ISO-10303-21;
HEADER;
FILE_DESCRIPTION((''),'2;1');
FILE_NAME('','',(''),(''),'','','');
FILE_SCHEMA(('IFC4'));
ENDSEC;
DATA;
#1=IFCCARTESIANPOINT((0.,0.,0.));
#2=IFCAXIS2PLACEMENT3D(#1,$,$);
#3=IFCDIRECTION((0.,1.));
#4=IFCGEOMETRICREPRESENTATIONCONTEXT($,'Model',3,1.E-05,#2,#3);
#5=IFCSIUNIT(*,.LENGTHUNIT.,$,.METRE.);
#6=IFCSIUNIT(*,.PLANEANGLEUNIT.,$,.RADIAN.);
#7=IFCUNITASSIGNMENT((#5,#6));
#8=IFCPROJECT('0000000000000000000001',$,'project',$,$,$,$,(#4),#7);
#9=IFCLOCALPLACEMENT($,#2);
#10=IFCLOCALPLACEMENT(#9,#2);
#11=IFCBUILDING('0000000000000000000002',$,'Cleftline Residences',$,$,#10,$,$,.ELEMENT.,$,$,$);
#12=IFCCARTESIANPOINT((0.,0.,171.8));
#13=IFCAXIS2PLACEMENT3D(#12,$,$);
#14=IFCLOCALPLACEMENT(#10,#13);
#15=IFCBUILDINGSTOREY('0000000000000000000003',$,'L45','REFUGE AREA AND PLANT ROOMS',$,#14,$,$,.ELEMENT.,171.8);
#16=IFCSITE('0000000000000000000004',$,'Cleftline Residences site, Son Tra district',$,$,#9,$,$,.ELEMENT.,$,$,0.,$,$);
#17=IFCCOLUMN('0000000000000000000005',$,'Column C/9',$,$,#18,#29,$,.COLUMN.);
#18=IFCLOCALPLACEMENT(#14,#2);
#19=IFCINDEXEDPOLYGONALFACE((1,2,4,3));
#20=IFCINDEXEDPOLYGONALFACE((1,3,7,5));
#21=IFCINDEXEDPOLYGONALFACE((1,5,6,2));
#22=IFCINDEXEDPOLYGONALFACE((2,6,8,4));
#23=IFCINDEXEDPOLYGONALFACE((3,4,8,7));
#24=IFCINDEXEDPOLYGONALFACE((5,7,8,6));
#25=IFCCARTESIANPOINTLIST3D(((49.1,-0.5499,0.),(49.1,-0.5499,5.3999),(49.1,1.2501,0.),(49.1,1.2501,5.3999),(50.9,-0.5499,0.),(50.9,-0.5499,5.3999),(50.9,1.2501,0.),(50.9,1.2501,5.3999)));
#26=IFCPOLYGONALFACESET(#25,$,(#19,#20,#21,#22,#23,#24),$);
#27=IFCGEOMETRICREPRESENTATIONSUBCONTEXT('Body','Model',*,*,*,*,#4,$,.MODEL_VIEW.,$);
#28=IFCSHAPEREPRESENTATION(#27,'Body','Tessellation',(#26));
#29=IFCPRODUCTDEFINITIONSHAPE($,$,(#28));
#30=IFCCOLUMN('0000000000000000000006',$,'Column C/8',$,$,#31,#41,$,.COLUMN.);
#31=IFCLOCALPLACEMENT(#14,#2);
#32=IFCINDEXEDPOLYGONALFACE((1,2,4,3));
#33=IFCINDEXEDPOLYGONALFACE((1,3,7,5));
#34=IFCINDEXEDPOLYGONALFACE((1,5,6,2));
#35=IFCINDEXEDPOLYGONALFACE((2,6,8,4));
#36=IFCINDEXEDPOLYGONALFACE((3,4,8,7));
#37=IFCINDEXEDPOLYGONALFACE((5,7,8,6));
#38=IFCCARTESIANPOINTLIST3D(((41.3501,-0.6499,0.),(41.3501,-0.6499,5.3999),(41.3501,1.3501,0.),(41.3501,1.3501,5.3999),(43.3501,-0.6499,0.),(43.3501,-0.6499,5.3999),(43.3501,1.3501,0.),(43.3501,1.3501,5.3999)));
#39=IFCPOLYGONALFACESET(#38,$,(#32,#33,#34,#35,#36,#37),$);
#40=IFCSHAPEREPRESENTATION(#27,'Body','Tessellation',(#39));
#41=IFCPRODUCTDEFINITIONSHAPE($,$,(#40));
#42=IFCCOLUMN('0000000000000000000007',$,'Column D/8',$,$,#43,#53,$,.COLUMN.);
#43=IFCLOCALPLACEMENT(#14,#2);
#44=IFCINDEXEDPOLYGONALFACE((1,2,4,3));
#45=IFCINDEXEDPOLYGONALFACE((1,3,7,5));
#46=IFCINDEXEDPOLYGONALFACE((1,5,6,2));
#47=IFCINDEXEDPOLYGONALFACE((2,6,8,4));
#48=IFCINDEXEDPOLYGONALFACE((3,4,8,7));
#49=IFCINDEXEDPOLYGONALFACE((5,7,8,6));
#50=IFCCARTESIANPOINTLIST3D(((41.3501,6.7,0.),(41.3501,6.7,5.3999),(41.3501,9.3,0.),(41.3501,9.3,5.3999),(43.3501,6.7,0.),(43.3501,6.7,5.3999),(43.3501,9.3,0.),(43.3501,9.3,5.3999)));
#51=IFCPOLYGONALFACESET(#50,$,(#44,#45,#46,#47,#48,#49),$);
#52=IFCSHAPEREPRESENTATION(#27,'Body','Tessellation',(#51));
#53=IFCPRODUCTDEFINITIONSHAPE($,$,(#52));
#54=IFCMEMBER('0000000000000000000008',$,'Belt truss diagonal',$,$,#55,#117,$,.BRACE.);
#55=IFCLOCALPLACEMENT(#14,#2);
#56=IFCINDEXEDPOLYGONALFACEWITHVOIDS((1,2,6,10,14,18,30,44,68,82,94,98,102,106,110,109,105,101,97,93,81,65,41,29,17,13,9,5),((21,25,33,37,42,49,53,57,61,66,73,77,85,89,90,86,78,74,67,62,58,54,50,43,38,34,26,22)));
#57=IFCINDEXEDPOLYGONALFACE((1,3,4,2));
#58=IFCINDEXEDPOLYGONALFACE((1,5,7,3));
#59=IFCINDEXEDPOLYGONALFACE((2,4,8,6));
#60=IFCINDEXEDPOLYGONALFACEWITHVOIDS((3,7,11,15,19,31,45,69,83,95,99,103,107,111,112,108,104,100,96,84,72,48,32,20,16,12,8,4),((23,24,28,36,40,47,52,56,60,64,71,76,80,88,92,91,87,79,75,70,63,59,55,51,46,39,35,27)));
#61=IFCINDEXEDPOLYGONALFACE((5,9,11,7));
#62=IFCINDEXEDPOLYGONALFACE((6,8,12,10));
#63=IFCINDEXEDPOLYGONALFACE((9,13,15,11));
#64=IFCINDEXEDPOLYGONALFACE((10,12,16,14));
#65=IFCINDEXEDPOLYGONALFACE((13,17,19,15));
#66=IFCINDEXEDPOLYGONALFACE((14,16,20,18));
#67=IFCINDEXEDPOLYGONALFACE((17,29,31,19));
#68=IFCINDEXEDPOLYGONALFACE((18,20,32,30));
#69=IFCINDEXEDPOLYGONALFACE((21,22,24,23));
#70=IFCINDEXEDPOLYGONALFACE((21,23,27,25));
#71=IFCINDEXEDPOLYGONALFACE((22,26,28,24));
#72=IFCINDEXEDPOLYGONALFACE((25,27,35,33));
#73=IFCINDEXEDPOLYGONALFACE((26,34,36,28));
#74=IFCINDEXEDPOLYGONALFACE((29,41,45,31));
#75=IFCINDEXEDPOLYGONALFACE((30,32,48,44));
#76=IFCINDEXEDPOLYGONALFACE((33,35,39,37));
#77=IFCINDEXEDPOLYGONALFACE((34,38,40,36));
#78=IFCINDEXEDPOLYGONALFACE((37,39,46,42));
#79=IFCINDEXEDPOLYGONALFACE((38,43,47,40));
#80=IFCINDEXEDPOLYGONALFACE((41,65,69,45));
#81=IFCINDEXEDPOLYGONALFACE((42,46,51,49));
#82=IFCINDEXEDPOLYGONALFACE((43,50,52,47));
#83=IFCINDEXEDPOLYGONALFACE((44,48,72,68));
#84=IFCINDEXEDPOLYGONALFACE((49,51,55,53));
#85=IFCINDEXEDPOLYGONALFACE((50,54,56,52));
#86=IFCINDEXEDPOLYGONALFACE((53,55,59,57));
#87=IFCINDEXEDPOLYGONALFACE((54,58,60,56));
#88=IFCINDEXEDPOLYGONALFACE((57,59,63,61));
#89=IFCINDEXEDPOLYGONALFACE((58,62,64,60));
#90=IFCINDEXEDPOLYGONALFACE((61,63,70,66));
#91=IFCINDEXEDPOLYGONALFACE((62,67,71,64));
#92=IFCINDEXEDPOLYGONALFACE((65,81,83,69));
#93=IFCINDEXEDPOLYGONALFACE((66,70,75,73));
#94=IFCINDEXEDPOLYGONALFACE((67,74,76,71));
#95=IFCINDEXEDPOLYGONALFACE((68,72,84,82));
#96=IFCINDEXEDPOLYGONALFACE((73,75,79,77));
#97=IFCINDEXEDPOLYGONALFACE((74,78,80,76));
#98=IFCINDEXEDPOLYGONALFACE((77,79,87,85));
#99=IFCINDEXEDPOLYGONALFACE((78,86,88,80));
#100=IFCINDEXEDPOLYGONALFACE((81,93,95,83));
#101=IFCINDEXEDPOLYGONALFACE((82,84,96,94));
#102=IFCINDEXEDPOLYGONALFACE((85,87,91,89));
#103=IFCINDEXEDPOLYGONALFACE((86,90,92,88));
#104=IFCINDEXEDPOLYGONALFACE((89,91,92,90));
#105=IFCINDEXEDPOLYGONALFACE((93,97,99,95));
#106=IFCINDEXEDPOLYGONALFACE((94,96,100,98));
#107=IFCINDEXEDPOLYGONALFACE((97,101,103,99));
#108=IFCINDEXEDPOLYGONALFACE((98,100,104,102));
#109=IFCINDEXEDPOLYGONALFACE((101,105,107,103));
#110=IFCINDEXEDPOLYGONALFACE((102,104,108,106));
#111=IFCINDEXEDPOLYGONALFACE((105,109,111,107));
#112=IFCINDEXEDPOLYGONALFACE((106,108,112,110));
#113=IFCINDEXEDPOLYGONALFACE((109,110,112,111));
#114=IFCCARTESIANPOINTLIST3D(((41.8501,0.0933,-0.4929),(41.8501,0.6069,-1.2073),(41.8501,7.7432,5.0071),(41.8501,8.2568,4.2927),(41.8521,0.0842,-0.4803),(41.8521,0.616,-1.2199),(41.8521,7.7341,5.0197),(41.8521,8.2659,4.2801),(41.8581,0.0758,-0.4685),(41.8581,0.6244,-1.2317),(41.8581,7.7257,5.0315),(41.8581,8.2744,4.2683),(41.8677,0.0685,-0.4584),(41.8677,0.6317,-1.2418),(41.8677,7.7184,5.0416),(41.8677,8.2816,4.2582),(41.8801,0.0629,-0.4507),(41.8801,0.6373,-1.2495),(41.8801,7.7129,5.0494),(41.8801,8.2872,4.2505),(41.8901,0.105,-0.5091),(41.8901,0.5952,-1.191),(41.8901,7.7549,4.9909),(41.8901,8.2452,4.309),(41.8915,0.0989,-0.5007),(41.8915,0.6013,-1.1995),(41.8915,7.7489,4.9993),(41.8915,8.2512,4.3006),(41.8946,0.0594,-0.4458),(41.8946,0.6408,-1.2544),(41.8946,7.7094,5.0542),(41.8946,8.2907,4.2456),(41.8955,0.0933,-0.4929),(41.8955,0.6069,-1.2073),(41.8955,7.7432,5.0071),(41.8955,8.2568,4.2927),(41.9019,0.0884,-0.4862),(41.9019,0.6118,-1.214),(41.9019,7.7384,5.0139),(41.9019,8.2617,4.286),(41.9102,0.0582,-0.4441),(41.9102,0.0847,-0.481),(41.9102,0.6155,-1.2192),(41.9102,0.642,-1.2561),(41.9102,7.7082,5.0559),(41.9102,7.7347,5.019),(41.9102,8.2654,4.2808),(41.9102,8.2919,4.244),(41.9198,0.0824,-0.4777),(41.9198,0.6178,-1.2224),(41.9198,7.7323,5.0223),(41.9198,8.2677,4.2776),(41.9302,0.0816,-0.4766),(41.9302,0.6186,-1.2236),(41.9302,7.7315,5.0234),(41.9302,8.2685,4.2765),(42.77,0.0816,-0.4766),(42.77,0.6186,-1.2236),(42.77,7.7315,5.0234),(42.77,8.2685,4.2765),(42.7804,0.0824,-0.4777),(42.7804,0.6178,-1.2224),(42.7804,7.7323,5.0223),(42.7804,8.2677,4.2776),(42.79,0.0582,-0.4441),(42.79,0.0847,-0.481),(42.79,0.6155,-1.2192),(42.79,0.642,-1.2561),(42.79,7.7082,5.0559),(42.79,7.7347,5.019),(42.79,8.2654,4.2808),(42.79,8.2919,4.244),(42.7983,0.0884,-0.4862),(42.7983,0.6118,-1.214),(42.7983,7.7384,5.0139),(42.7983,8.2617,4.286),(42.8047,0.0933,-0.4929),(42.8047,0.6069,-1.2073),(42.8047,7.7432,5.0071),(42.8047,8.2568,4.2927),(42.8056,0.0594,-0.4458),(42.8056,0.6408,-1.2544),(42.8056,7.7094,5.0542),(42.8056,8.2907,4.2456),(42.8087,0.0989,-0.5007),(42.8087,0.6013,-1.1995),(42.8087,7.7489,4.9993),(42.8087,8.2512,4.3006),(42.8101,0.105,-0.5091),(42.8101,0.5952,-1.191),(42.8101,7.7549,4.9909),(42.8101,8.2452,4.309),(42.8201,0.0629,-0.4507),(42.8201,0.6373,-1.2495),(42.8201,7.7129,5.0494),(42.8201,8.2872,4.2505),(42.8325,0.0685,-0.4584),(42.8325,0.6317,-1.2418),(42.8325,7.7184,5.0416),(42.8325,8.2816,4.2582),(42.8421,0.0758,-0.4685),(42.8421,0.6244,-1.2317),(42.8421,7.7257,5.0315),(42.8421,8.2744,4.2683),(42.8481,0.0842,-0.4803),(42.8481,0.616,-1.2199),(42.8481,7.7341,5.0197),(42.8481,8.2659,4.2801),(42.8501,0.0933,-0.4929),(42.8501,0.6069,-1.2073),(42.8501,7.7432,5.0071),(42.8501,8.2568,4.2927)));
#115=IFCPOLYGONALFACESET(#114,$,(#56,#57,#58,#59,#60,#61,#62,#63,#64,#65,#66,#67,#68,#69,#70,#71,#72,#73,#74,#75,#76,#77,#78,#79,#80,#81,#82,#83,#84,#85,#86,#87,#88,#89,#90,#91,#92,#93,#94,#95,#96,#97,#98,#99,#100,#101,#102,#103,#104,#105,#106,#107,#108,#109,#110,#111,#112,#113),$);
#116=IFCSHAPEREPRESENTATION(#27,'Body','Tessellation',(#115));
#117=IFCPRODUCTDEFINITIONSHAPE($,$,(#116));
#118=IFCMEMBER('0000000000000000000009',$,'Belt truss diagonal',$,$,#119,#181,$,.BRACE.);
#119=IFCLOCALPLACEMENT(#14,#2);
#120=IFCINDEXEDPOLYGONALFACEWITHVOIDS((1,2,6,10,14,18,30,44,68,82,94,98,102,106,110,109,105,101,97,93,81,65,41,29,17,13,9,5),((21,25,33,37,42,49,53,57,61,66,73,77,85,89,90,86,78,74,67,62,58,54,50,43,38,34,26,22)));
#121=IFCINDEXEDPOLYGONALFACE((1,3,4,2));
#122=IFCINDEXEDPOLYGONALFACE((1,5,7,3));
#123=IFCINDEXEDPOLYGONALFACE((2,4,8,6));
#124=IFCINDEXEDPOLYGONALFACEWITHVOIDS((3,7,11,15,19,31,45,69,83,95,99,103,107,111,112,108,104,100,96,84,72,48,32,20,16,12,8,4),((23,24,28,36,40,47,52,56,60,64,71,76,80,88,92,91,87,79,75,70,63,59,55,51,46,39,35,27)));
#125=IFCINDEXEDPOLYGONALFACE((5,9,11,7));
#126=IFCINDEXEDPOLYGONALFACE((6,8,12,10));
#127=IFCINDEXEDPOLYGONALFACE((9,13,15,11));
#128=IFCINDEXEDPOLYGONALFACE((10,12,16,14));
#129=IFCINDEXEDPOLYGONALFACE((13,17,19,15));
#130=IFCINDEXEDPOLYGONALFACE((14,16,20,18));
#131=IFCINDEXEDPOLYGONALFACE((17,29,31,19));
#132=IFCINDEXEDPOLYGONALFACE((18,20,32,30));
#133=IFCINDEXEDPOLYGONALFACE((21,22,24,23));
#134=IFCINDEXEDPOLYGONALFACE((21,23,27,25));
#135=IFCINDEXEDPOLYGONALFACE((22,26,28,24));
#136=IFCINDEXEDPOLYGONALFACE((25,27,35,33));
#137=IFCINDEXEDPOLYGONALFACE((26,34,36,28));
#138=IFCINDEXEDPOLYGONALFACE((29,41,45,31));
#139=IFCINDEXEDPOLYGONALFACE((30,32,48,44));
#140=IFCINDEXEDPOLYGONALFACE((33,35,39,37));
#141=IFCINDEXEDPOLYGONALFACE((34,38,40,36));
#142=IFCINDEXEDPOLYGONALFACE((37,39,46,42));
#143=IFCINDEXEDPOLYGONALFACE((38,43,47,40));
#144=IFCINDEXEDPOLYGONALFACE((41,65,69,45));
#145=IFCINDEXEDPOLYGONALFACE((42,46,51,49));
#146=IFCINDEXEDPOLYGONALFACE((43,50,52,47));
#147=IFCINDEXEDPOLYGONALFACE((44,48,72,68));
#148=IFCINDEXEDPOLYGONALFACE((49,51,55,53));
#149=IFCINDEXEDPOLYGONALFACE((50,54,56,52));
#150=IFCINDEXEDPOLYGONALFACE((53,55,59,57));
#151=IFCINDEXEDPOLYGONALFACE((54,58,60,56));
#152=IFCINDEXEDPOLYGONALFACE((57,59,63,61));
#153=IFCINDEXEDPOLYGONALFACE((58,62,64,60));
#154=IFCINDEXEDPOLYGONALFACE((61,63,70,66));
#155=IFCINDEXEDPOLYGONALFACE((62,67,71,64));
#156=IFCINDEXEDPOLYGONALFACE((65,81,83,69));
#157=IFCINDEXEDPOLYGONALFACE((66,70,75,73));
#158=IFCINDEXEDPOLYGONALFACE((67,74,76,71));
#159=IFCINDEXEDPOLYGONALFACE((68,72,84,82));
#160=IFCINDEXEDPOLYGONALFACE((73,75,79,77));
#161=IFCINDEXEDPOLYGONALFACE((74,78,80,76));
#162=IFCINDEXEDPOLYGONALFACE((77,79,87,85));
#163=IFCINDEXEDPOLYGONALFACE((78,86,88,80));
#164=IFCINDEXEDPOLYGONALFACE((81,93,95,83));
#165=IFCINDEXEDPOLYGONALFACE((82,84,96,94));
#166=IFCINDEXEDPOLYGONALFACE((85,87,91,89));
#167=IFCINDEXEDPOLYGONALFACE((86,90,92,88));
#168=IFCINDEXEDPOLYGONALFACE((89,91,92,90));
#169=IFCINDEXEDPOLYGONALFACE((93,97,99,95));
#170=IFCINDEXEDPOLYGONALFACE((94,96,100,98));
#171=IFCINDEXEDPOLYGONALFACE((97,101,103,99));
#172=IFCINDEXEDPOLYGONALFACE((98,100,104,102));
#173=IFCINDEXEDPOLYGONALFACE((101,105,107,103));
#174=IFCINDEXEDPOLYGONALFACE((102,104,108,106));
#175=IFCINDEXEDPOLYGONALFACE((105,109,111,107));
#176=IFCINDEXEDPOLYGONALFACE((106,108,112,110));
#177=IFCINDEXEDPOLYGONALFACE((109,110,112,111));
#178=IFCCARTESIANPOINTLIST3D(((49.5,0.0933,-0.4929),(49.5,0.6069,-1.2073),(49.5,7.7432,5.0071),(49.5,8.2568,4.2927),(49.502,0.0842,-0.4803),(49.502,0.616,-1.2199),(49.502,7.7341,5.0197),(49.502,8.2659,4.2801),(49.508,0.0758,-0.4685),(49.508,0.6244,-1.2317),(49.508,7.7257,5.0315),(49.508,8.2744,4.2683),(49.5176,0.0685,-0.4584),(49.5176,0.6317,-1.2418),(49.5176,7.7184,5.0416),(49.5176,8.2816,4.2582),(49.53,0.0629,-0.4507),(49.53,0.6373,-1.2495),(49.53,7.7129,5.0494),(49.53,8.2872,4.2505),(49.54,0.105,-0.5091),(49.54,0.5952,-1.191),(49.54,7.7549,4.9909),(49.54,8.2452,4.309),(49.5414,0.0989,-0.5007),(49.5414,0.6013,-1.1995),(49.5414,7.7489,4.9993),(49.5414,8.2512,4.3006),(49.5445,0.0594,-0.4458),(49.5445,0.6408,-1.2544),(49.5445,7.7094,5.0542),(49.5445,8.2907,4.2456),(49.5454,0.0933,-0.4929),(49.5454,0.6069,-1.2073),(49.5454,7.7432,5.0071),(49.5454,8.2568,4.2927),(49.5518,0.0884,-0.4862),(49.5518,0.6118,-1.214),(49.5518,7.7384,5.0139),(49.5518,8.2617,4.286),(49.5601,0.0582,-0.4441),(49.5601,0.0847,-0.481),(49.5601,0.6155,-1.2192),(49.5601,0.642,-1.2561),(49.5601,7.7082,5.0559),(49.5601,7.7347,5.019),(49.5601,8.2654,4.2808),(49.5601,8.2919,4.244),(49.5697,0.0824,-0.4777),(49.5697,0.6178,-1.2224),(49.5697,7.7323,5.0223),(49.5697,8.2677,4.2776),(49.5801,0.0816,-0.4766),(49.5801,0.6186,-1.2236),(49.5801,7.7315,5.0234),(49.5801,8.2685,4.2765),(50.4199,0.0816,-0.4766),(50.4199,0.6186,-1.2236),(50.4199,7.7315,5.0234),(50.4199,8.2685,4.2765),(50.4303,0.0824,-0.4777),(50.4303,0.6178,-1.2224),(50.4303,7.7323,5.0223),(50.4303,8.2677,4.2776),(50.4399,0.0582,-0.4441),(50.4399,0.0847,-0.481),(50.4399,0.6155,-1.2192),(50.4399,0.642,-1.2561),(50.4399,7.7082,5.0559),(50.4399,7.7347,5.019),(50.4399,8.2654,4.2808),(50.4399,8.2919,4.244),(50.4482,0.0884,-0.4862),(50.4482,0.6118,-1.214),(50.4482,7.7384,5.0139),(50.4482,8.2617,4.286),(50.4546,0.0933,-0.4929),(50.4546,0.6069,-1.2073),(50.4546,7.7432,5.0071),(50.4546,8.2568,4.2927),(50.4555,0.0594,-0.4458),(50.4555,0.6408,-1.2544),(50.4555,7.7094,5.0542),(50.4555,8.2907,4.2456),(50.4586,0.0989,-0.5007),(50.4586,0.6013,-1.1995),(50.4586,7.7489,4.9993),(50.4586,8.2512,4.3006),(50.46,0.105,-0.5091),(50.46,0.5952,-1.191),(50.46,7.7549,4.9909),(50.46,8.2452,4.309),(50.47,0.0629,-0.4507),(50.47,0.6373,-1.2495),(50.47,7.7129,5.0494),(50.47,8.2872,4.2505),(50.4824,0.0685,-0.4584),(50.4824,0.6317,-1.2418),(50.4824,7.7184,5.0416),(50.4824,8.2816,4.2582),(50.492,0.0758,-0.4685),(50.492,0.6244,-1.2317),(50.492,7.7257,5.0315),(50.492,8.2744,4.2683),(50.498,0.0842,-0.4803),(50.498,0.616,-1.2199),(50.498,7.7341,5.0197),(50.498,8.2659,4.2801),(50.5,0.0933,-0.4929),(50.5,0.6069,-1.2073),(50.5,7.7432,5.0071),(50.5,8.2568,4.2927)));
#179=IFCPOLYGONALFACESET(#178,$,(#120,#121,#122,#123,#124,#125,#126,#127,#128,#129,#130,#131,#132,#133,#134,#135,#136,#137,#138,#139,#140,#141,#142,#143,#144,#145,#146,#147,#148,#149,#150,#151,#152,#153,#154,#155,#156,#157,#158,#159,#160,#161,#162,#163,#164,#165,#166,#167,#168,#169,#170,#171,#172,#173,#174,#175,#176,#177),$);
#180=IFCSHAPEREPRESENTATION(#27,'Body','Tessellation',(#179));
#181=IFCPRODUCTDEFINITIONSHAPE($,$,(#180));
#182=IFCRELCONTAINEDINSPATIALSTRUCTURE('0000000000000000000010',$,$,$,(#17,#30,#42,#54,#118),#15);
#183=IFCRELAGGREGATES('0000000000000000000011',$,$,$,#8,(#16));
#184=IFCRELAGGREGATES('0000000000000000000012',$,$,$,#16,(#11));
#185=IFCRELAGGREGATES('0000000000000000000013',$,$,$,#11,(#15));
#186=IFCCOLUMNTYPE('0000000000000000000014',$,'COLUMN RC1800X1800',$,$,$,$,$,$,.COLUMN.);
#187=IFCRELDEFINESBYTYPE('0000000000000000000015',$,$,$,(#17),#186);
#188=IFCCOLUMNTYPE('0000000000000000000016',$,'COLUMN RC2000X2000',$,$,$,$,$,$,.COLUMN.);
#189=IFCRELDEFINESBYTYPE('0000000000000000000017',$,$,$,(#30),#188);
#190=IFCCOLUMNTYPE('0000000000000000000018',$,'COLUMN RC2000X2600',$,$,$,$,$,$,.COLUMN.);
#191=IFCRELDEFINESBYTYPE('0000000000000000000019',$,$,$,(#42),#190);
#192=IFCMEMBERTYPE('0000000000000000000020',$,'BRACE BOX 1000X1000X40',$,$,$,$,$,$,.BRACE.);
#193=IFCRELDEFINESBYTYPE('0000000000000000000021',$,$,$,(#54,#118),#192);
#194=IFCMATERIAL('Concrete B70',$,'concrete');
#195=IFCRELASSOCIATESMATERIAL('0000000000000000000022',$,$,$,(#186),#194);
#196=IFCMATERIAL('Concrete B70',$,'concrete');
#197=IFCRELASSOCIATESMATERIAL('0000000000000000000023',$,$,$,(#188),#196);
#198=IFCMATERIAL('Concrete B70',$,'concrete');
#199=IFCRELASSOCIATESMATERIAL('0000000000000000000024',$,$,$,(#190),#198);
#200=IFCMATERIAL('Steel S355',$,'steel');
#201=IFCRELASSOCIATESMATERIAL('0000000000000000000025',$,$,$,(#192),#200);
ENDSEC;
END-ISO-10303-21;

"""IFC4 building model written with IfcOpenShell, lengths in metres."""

from ifc_helpers import new_model, si_unit, direction, frame, origin, origin_2d, place, context, subcontext, project, spatial, rectangle, hollow_rectangle, extrude, material, material_profile, profile_set, type_object, element, save


model = new_model("IFC4")

# Units and contexts
model_context = context("Model", 3, precision=1e-05, world=origin(), true_north=direction((0.0, 1.0)))
body_context = subcontext(model_context, "Body", "Model", "MODEL_VIEW")
ifc_project = project(units=[si_unit("LENGTHUNIT", "METRE"), si_unit("PLANEANGLEUNIT", "RADIAN")], contexts=[model_context])

# Site, building, storey
site_placement = place(None, origin())
site = spatial("IfcSite", under=ifc_project, at=site_placement, Name="Cleftline Residences site, Son Tra district", CompositionType="ELEMENT", RefElevation=0.0)
building_placement = place(site_placement, origin())
building = spatial("IfcBuilding", under=site, at=building_placement, Name="Cleftline Residences", CompositionType="ELEMENT")
storey_placement = place(building_placement, frame((0.0, 0.0, 171.8)))
storey = spatial("IfcBuildingStorey", under=building, at=storey_placement, Name="L45", Description="REFUGE AREA AND PLANT ROOMS", CompositionType="ELEMENT", Elevation=171.8)

# Columns
ifc_material_1 = material(Name="Concrete B70", Category="concrete")
ifc_material_profile_1 = material_profile(ifc_material_1, rectangle(XDim=1.8, YDim=1.8, at=origin_2d()))
ifc_profile_set_1 = profile_set([ifc_material_profile_1], Name="Concrete B70")
column_type_1 = type_object("IfcColumnType", Name="COLUMN RC1800X1800", PredefinedType="COLUMN", material=ifc_profile_set_1)
column_1_placement = place(storey_placement, frame((50.0, 0.3501, 0.0), z_axis=(0.0, 0.0, 1.0), x_axis=(1.0, 0.0, 0.0)))
element("IfcColumn", 1, at=column_1_placement, inside=storey, type_object=column_type_1, Name="Column C/9", PredefinedType="COLUMN", context=body_context, shape_type="SweptSolid", body=[
    extrude(rectangle(XDim=1.8, YDim=1.8, at=origin_2d()), origin(), (0.0, 0.0, 1.0), 5.3999),
])
ifc_material_2 = material(Name="Concrete B70", Category="concrete")
ifc_material_profile_2 = material_profile(ifc_material_2, rectangle(XDim=2.0, YDim=2.0, at=origin_2d()))
ifc_profile_set_2 = profile_set([ifc_material_profile_2], Name="Concrete B70")
column_type_2 = type_object("IfcColumnType", Name="COLUMN RC2000X2000", PredefinedType="COLUMN", material=ifc_profile_set_2)
column_2_placement = place(storey_placement, frame((42.3501, 0.3501, 0.0), z_axis=(0.0, 0.0, 1.0), x_axis=(1.0, 0.0, 0.0)))
element("IfcColumn", 2, at=column_2_placement, inside=storey, type_object=column_type_2, Name="Column C/8", PredefinedType="COLUMN", context=body_context, shape_type="SweptSolid", body=[
    extrude(rectangle(XDim=2.0, YDim=2.0, at=origin_2d()), origin(), (0.0, 0.0, 1.0), 5.3999),
])
ifc_material_3 = material(Name="Concrete B70", Category="concrete")
ifc_material_profile_3 = material_profile(ifc_material_3, rectangle(XDim=2.0, YDim=2.6001, at=origin_2d()))
ifc_profile_set_3 = profile_set([ifc_material_profile_3], Name="Concrete B70")
column_type_3 = type_object("IfcColumnType", Name="COLUMN RC2000X2600", PredefinedType="COLUMN", material=ifc_profile_set_3)
column_3_placement = place(storey_placement, frame((42.3501, 8.0, 0.0), z_axis=(0.0, 0.0, 1.0), x_axis=(1.0, 0.0, 0.0)))
element("IfcColumn", 3, at=column_3_placement, inside=storey, type_object=column_type_3, Name="Column D/8", PredefinedType="COLUMN", context=body_context, shape_type="SweptSolid", body=[
    extrude(rectangle(XDim=2.0, YDim=2.6001, at=origin_2d()), origin(), (0.0, 0.0, 1.0), 5.3999),
])

# Members
ifc_material_4 = material(Name="Steel S355", Category="steel")
ifc_material_profile_4 = material_profile(ifc_material_4, hollow_rectangle(XDim=1.0, YDim=1.0, WallThickness=0.04, InnerFilletRadius=0.04, OuterFilletRadius=0.0601, at=origin_2d()))
ifc_profile_set_4 = profile_set([ifc_material_profile_4], Name="Steel S355")
member_type_1 = type_object("IfcMemberType", Name="BRACE BOX 1000X1000X40", PredefinedType="BRACE", material=ifc_profile_set_4)
for number, where, z_axis, x_axis, name in (
    (4, (42.3501, 0.3501, -0.8501), (0.0, 0.811933, 0.58375), (0.0, -0.58375, 0.811933), "Belt truss diagonal"),
    (5, (50.0, 0.3501, -0.8501), (0.0, 0.811933, 0.58375), (0.0, -0.58375, 0.811933), "Belt truss diagonal"),
):
    element("IfcMember", number, at=place(storey_placement, frame(where, z_axis=z_axis, x_axis=x_axis)), inside=storey, type_object=member_type_1, Name=name, PredefinedType="BRACE", context=body_context, shape_type="SweptSolid", body=[
        extrude(hollow_rectangle(XDim=1.0, YDim=1.0, WallThickness=0.04, InnerFilletRadius=0.04, OuterFilletRadius=0.0601, at=origin_2d()), origin(), (0.0, 0.0, 1.0), 9.4219),
    ])

save(model, "model.ifc")
